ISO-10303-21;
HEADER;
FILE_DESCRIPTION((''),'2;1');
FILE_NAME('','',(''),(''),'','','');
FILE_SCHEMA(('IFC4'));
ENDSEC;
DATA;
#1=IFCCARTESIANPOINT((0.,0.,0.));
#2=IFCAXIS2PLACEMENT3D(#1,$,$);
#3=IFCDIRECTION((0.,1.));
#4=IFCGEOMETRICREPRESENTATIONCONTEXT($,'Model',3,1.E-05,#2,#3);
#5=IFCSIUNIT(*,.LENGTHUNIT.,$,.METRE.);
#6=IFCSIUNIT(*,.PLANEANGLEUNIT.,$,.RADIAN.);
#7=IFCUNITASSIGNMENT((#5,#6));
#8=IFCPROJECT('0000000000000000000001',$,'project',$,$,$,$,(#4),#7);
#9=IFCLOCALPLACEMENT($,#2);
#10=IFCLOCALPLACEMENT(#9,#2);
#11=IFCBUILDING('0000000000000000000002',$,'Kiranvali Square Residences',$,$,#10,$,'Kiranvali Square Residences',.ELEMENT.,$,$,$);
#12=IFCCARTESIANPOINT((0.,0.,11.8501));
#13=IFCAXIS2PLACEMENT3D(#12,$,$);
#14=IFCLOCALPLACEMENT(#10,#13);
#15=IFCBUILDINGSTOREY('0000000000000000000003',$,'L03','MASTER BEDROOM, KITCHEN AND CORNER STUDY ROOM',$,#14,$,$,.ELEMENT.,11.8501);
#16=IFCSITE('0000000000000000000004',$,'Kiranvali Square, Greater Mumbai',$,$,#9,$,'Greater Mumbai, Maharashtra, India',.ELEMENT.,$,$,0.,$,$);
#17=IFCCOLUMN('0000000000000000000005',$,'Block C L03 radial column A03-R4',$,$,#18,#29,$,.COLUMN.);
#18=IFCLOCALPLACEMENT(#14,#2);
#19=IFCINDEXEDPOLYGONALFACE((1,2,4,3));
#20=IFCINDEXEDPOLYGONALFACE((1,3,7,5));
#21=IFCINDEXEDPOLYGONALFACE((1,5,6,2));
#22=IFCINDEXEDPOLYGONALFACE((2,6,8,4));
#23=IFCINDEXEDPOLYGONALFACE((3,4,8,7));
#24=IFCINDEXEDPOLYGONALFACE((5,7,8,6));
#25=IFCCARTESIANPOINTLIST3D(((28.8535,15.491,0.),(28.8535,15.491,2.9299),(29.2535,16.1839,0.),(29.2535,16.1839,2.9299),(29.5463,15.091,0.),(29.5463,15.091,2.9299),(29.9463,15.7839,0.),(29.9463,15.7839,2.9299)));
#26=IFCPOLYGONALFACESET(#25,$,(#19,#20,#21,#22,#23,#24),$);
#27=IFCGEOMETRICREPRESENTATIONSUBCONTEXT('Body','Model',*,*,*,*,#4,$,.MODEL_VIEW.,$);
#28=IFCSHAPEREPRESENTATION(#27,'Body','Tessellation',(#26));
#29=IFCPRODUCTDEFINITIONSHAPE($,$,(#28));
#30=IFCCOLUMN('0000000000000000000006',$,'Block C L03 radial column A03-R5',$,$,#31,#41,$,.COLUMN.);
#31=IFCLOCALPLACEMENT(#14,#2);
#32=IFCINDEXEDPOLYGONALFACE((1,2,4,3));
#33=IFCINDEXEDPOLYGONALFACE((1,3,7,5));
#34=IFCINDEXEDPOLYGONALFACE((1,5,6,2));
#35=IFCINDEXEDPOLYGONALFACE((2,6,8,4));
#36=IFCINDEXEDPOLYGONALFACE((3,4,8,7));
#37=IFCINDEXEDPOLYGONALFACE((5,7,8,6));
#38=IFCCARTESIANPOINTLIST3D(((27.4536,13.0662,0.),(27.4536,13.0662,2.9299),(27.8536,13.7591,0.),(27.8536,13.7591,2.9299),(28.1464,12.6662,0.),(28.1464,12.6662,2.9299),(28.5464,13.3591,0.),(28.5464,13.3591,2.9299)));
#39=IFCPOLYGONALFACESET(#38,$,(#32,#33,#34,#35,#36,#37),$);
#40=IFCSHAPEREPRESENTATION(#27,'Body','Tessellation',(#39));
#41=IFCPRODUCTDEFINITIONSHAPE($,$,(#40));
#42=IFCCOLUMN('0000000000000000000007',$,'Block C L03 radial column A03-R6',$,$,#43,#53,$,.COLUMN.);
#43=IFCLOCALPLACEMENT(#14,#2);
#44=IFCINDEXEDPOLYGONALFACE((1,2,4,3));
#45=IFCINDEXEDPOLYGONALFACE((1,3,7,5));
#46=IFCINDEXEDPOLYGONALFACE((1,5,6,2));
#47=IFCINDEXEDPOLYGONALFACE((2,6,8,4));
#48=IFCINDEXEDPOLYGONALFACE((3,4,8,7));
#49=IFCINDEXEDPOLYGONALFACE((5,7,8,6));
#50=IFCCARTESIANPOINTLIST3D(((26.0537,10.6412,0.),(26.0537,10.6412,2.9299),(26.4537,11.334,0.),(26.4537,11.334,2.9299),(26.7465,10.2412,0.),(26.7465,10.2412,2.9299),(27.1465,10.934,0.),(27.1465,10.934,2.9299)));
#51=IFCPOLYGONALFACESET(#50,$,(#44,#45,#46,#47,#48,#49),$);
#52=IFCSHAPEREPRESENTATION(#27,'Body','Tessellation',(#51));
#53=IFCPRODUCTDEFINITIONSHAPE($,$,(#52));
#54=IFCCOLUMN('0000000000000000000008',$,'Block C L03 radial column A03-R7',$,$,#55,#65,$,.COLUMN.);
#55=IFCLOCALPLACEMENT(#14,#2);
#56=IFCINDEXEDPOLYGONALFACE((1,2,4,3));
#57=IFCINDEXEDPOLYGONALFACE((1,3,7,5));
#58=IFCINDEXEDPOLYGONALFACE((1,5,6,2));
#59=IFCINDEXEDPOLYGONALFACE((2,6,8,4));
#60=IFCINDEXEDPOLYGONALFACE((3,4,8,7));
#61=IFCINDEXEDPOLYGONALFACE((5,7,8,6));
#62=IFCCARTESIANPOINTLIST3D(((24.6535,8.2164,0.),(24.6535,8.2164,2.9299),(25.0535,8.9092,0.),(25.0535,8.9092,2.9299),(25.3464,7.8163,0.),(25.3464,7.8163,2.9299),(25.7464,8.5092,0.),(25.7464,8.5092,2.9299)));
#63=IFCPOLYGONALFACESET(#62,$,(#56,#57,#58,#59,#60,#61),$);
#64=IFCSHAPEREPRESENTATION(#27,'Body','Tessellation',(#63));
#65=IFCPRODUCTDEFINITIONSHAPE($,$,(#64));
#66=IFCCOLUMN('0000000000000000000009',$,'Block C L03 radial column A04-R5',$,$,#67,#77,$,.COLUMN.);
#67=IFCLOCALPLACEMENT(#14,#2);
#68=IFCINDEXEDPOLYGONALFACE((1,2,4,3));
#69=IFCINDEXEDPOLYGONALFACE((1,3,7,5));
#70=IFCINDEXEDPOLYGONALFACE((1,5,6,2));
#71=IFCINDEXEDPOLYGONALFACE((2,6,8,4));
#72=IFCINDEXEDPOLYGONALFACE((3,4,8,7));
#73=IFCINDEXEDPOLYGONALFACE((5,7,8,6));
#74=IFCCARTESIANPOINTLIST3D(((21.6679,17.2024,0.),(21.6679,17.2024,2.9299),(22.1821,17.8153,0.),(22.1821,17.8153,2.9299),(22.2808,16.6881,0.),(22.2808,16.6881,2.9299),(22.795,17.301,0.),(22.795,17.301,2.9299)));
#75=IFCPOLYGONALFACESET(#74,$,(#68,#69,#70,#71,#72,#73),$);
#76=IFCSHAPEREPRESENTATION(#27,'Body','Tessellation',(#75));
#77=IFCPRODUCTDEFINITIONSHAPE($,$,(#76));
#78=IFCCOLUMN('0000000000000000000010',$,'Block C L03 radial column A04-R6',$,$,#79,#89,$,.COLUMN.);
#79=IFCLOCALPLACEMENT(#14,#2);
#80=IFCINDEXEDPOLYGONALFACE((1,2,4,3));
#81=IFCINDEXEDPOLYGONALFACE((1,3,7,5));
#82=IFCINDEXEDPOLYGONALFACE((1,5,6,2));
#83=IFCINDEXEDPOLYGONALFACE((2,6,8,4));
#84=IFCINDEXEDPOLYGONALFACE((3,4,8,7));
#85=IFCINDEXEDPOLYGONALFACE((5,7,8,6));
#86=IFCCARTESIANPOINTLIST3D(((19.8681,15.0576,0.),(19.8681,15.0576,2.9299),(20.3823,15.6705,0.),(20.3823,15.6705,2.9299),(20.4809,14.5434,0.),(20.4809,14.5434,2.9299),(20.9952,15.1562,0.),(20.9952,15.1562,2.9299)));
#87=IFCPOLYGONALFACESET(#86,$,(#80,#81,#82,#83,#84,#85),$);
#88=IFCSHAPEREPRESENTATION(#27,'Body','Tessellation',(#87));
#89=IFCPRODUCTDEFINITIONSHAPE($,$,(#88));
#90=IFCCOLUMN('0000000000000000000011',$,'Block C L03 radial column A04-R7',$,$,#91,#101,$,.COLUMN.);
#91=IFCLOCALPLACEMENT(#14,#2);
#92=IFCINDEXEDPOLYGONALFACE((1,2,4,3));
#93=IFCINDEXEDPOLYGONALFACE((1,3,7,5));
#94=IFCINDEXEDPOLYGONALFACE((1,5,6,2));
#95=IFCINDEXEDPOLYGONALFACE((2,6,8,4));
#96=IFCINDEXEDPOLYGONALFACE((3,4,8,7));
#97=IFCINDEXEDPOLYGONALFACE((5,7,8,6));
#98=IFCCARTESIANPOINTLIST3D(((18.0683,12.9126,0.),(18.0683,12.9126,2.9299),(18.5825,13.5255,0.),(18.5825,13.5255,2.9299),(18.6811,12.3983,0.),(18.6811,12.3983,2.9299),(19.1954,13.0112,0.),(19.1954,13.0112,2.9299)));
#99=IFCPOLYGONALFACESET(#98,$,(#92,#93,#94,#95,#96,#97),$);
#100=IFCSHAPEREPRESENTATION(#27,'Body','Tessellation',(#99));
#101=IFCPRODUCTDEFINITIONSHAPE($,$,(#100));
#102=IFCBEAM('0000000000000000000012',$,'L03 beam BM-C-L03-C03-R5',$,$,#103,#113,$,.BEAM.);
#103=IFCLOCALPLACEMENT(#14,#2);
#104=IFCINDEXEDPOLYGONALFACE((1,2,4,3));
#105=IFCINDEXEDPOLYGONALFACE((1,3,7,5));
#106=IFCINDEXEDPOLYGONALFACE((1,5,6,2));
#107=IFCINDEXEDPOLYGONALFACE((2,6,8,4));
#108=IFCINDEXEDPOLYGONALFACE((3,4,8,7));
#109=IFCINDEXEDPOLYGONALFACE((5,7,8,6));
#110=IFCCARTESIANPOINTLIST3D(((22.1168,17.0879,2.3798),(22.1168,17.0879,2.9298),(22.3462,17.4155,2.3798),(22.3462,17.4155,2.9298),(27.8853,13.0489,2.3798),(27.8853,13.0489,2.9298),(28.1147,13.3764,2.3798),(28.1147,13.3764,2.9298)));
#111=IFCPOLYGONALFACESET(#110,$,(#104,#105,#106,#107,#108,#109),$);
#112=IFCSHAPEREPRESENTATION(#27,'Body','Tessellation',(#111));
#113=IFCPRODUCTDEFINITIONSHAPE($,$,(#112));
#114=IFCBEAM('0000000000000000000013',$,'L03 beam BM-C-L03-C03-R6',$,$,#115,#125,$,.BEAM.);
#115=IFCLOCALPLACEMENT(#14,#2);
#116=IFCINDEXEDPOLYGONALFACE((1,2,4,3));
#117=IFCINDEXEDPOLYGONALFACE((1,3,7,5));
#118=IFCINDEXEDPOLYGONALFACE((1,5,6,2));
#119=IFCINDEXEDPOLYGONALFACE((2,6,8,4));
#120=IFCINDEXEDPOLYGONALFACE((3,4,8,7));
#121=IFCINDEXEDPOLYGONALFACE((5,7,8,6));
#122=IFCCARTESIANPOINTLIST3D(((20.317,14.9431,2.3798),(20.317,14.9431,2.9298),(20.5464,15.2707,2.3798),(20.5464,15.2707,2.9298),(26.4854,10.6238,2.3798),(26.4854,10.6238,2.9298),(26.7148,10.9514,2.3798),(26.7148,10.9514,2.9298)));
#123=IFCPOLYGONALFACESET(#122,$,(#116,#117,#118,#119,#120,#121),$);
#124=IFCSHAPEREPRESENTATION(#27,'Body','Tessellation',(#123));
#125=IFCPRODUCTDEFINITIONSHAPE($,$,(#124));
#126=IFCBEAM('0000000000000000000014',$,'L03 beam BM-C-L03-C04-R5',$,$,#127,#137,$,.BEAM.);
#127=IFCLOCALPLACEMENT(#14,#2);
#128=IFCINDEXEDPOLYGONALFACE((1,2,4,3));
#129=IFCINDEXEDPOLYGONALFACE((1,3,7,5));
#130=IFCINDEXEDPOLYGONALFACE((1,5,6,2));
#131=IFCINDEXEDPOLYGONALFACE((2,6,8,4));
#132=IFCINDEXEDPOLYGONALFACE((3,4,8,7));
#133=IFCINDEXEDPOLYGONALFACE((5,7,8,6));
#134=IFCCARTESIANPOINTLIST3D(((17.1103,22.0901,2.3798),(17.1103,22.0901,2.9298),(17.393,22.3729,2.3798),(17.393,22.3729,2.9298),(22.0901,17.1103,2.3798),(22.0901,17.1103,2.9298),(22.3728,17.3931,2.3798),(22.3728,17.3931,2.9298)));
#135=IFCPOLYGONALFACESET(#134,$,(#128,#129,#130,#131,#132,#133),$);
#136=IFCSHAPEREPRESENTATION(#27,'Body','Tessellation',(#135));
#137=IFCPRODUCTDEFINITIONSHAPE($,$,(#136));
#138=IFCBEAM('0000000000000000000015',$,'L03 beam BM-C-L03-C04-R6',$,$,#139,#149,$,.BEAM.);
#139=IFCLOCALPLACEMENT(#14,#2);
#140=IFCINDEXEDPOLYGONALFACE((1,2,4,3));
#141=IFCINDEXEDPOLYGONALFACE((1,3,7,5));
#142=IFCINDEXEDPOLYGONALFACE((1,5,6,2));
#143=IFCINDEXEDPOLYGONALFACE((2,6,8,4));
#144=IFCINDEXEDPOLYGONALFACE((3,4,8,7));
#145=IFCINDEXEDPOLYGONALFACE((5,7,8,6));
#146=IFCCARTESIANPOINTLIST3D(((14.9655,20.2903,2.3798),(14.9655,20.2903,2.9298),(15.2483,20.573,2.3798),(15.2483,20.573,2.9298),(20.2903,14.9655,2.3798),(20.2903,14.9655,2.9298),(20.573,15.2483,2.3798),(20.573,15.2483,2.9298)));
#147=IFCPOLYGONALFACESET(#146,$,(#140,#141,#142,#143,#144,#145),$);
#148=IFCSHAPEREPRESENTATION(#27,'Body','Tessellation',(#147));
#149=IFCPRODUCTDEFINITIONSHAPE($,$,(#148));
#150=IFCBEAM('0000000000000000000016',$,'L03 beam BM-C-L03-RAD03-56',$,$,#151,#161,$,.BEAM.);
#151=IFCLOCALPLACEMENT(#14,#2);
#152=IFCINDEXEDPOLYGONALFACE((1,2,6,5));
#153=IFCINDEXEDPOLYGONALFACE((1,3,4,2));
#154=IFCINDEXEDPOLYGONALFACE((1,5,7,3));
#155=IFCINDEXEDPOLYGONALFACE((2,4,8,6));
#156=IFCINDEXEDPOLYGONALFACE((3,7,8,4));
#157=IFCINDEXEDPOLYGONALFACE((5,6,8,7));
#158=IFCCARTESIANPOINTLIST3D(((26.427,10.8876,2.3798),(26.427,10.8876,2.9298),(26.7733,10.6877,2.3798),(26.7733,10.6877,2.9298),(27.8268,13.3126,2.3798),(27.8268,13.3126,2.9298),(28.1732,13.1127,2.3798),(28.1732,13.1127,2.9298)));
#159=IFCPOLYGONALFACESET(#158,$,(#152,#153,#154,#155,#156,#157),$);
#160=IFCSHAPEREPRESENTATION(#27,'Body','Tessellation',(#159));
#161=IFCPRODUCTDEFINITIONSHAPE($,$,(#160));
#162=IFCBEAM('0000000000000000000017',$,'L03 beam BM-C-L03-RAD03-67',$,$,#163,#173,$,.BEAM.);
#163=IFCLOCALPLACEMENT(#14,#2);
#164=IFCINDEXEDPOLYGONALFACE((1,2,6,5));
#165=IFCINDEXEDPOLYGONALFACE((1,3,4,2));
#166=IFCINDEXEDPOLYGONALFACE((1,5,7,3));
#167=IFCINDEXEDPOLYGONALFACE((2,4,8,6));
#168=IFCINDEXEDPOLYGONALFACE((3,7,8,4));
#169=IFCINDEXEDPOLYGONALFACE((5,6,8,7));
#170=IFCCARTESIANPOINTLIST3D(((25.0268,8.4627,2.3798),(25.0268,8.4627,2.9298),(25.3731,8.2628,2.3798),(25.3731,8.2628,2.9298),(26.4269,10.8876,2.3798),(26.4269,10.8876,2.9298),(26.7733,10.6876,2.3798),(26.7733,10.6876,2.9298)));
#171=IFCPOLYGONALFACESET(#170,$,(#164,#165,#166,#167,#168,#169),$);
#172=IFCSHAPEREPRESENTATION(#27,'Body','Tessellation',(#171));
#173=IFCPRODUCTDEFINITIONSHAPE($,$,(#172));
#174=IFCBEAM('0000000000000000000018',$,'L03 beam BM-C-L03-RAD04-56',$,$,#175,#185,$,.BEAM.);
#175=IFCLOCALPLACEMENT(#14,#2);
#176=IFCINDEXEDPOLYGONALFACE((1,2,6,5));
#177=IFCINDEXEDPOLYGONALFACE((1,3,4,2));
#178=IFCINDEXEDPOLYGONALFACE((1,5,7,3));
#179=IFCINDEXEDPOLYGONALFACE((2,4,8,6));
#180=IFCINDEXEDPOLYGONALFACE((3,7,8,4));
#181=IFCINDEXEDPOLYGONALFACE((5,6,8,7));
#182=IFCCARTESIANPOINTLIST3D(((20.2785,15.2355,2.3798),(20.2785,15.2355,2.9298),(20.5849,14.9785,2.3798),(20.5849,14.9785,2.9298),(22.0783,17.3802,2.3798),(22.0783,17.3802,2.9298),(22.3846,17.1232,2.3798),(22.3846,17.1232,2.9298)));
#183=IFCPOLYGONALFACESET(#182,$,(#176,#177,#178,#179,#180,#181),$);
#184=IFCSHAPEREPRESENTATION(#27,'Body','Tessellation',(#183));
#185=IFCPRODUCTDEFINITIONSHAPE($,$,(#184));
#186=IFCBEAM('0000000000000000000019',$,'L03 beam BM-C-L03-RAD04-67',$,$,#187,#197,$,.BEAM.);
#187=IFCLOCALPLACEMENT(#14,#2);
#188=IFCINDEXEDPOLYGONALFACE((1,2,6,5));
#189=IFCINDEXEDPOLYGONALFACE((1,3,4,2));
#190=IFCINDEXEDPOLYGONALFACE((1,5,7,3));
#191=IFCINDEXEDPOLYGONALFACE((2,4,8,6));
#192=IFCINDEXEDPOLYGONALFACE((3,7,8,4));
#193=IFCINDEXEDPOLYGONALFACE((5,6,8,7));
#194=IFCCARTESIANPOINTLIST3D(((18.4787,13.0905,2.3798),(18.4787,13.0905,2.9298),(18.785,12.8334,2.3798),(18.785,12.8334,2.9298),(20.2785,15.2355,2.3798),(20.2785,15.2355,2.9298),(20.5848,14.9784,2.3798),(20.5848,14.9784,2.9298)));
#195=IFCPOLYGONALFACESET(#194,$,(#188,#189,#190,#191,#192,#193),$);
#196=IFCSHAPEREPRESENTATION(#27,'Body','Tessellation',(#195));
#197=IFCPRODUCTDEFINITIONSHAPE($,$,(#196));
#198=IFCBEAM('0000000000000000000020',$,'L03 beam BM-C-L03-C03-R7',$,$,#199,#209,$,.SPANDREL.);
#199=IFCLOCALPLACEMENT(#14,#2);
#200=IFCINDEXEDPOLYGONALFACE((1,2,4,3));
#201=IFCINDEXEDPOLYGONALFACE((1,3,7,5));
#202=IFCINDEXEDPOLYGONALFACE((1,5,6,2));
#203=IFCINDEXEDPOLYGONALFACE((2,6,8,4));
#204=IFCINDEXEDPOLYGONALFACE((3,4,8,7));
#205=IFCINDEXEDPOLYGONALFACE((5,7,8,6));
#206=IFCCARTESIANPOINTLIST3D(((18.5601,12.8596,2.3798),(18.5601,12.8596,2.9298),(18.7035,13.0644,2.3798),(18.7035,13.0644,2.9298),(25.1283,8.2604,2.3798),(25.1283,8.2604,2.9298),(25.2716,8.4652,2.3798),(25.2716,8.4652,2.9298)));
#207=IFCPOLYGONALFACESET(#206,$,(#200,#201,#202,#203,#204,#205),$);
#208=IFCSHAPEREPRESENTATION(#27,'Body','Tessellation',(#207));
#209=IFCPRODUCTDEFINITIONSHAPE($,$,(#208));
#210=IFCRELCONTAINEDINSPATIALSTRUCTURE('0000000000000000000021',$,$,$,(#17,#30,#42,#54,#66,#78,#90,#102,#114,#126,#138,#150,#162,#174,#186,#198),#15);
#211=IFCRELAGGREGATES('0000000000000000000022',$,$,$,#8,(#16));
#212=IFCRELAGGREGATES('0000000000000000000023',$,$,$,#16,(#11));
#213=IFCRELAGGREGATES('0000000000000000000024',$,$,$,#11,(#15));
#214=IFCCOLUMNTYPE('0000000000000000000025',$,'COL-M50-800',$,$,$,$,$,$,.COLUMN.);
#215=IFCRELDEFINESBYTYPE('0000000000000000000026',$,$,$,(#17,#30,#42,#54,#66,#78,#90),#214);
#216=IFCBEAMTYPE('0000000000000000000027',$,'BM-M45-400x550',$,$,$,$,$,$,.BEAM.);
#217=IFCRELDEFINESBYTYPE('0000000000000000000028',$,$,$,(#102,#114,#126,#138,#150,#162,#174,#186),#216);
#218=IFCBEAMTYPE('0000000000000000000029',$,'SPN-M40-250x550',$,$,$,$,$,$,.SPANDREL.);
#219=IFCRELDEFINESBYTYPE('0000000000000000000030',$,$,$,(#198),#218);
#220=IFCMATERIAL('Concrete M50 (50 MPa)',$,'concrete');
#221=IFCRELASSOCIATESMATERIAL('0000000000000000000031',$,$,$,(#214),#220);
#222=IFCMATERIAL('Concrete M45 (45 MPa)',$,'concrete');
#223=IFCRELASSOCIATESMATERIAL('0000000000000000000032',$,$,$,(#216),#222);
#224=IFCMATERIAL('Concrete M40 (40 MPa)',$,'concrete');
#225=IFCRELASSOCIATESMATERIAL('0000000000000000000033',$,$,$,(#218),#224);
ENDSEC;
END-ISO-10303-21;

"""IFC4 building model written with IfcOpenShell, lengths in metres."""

from ifc_helpers import new_model, si_unit, direction, frame, origin, origin_2d, place, context, subcontext, project, spatial, rectangle, extrude, material, material_profile, profile_set, type_object, element, save


model = new_model("IFC4")

# Units and contexts
model_context = context("Model", 3, precision=1e-05, world=origin(), true_north=direction((0.0, 1.0)))
body_context = subcontext(model_context, "Body", "Model", "MODEL_VIEW")
ifc_project = project(units=[si_unit("LENGTHUNIT", "METRE"), si_unit("PLANEANGLEUNIT", "RADIAN")], contexts=[model_context])

# Site, building, storey
site_placement = place(None, origin())
site = spatial("IfcSite", under=ifc_project, at=site_placement, Name="Kiranvali Square, Greater Mumbai", LongName="Greater Mumbai, Maharashtra, India", CompositionType="ELEMENT", RefElevation=0.0)
building_placement = place(site_placement, origin())
building = spatial("IfcBuilding", under=site, at=building_placement, Name="Kiranvali Square Residences", LongName="Kiranvali Square Residences", CompositionType="ELEMENT")
storey_placement = place(building_placement, frame((0.0, 0.0, 11.8501)))
storey = spatial("IfcBuildingStorey", under=building, at=storey_placement, Name="L03", Description="MASTER BEDROOM, KITCHEN AND CORNER STUDY ROOM", CompositionType="ELEMENT", Elevation=11.8501)

# Columns
ifc_material_1 = material(Name="Concrete M50 (50 MPa)", Category="concrete")
ifc_material_profile_1 = material_profile(ifc_material_1, rectangle(XDim=0.8, YDim=0.8, at=origin_2d()), Name="RC 800x800")
ifc_profile_set_1 = profile_set([ifc_material_profile_1], Name="Concrete M50 (50 MPa)")
column_type = type_object("IfcColumnType", Name="COL-M50-800", PredefinedType="COLUMN", material=ifc_profile_set_1)
for number, where, z_axis, x_axis, name in (
    (1, (29.3999, 15.6375, 0.0), (0.0, 0.0, 1.0), (-0.866025, 0.5, 0.0), "Block C L03 radial column A03-R4"),
    (2, (28.0, 13.2126, 0.0), (0.0, 0.0, 1.0), (-0.866025, 0.5, 0.0), "Block C L03 radial column A03-R5"),
    (3, (26.6001, 10.7876, 0.0), (0.0, 0.0, 1.0), (-0.866025, 0.5, 0.0), "Block C L03 radial column A03-R6"),
    (4, (25.2, 8.3628, 0.0), (0.0, 0.0, 1.0), (-0.866025, 0.5, 0.0), "Block C L03 radial column A03-R7"),
    (5, (22.2314, 17.2517, 0.0), (0.0, 0.0, 1.0), (-0.766044, 0.642788, 0.0), "Block C L03 radial column A04-R5"),
    (6, (20.4316, 15.1069, 0.0), (0.0, 0.0, 1.0), (-0.766044, 0.642788, 0.0), "Block C L03 radial column A04-R6"),
    (7, (18.6318, 12.9619, 0.0), (0.0, 0.0, 1.0), (-0.766044, 0.642788, 0.0), "Block C L03 radial column A04-R7"),
):
    element("IfcColumn", number, at=place(storey_placement, frame(where, z_axis=z_axis, x_axis=x_axis)), inside=storey, type_object=column_type, Name=name, PredefinedType="COLUMN", context=body_context, shape_type="SweptSolid", body=[
        extrude(rectangle(XDim=0.8, YDim=0.8, at=origin_2d()), origin(), (0.0, 0.0, 1.0), 2.9299),
    ])

# Beams
ifc_material_2 = material(Name="Concrete M45 (45 MPa)", Category="concrete")
ifc_material_profile_2 = material_profile(ifc_material_2, rectangle(XDim=0.3999, YDim=0.55, at=origin_2d()), Name="RC 400x550")
ifc_profile_set_2 = profile_set([ifc_material_profile_2], Name="Concrete M45 (45 MPa)")
beam_type_1 = type_object("IfcBeamType", Name="BM-M45-400x550", PredefinedType="BEAM", material=ifc_profile_set_2)
beam_1_placement = place(storey_placement, frame((28.0, 13.2126, 2.6548), z_axis=(-0.81916, 0.573565, 0.0), x_axis=(-0.573565, -0.81916, 0.0)))
element("IfcBeam", 8, at=beam_1_placement, inside=storey, type_object=beam_type_1, Name="L03 beam BM-C-L03-C03-R5", PredefinedType="BEAM", context=body_context, shape_type="SweptSolid", body=[
    extrude(rectangle(XDim=0.3999, YDim=0.55, at=origin_2d()), origin(), (0.0, 0.0, 1.0), 7.042),
])
beam_2_placement = place(storey_placement, frame((26.6001, 10.7876, 2.6548), z_axis=(-0.819144, 0.573589, 0.0), x_axis=(-0.573589, -0.819144, 0.0)))
element("IfcBeam", 9, at=beam_2_placement, inside=storey, type_object=beam_type_1, Name="L03 beam BM-C-L03-C03-R6", PredefinedType="BEAM", context=body_context, shape_type="SweptSolid", body=[
    extrude(rectangle(XDim=0.3999, YDim=0.55, at=origin_2d()), origin(), (0.0, 0.0, 1.0), 7.5303),
])
beam_3_placement = place(storey_placement, frame((22.2314, 17.2517, 2.6548), z_axis=(-0.707107, 0.707107, 0.0), x_axis=(-0.707107, -0.707107, 0.0)))
element("IfcBeam", 10, at=beam_3_placement, inside=storey, type_object=beam_type_1, Name="L03 beam BM-C-L03-C04-R5", PredefinedType="BEAM", context=body_context, shape_type="SweptSolid", body=[
    extrude(rectangle(XDim=0.3999, YDim=0.55, at=origin_2d()), origin(), (0.0, 0.0, 1.0), 7.0425),
])
beam_4_placement = place(storey_placement, frame((20.4316, 15.1069, 2.6548), z_axis=(-0.707107, 0.707107, 0.0), x_axis=(-0.707107, -0.707107, 0.0)))
element("IfcBeam", 11, at=beam_4_placement, inside=storey, type_object=beam_type_1, Name="L03 beam BM-C-L03-C04-R6", PredefinedType="BEAM", context=body_context, shape_type="SweptSolid", body=[
    extrude(rectangle(XDim=0.3999, YDim=0.55, at=origin_2d()), origin(), (0.0, 0.0, 1.0), 7.5303),
])
for number, where, z_axis, x_axis, name in (
    (12, (28.0, 13.2126, 2.6548), (-0.499946, -0.866056, 0.0), (0.866056, -0.499946, 0.0), "L03 beam BM-C-L03-RAD03-56"),
    (13, (26.6001, 10.7876, 2.6548), (-0.50005, -0.865997, 0.0), (0.865997, -0.50005, 0.0), "L03 beam BM-C-L03-RAD03-67"),
):
    element("IfcBeam", number, at=place(storey_placement, frame(where, z_axis=z_axis, x_axis=x_axis)), inside=storey, type_object=beam_type_1, Name=name, PredefinedType="BEAM", context=body_context, shape_type="SweptSolid", body=[
        extrude(rectangle(XDim=0.3999, YDim=0.55, at=origin_2d()), origin(), (0.0, 0.0, 1.0), 2.8),
    ])
beam_5_placement = place(storey_placement, frame((22.2314, 17.2517, 2.6548), z_axis=(-0.642814, -0.766023, 0.0), x_axis=(0.766023, -0.642814, 0.0)))
element("IfcBeam", 14, at=beam_5_placement, inside=storey, type_object=beam_type_1, Name="L03 beam BM-C-L03-RAD04-56", PredefinedType="BEAM", context=body_context, shape_type="SweptSolid", body=[
    extrude(rectangle(XDim=0.3999, YDim=0.55, at=origin_2d()), origin(), (0.0, 0.0, 1.0), 2.7998),
])
beam_6_placement = place(storey_placement, frame((20.4316, 15.1069, 2.6548), z_axis=(-0.642771, -0.766059, 0.0), x_axis=(0.766059, -0.642771, 0.0)))
element("IfcBeam", 15, at=beam_6_placement, inside=storey, type_object=beam_type_1, Name="L03 beam BM-C-L03-RAD04-67", PredefinedType="BEAM", context=body_context, shape_type="SweptSolid", body=[
    extrude(rectangle(XDim=0.3999, YDim=0.55, at=origin_2d()), origin(), (0.0, 0.0, 1.0), 2.8),
])
ifc_material_3 = material(Name="Concrete M40 (40 MPa)", Category="concrete")
ifc_material_profile_3 = material_profile(ifc_material_3, rectangle(XDim=0.25, YDim=0.55, at=origin_2d()), Name="RC 250x550")
ifc_profile_set_3 = profile_set([ifc_material_profile_3], Name="Concrete M40 (40 MPa)")
beam_type_2 = type_object("IfcBeamType", Name="SPN-M40-250x550", PredefinedType="SPANDREL", material=ifc_profile_set_3)
beam_7_placement = place(storey_placement, frame((25.2, 8.3628, 2.6548), z_axis=(-0.819148, 0.573583, 0.0), x_axis=(-0.573583, -0.819148, 0.0)))
element("IfcBeam", 16, at=beam_7_placement, inside=storey, type_object=beam_type_2, Name="L03 beam BM-C-L03-C03-R7", PredefinedType="SPANDREL", context=body_context, shape_type="SweptSolid", body=[
    extrude(rectangle(XDim=0.25, YDim=0.55, at=origin_2d()), origin(), (0.0, 0.0, 1.0), 8.0183),
])

save(model, "model.ifc")
